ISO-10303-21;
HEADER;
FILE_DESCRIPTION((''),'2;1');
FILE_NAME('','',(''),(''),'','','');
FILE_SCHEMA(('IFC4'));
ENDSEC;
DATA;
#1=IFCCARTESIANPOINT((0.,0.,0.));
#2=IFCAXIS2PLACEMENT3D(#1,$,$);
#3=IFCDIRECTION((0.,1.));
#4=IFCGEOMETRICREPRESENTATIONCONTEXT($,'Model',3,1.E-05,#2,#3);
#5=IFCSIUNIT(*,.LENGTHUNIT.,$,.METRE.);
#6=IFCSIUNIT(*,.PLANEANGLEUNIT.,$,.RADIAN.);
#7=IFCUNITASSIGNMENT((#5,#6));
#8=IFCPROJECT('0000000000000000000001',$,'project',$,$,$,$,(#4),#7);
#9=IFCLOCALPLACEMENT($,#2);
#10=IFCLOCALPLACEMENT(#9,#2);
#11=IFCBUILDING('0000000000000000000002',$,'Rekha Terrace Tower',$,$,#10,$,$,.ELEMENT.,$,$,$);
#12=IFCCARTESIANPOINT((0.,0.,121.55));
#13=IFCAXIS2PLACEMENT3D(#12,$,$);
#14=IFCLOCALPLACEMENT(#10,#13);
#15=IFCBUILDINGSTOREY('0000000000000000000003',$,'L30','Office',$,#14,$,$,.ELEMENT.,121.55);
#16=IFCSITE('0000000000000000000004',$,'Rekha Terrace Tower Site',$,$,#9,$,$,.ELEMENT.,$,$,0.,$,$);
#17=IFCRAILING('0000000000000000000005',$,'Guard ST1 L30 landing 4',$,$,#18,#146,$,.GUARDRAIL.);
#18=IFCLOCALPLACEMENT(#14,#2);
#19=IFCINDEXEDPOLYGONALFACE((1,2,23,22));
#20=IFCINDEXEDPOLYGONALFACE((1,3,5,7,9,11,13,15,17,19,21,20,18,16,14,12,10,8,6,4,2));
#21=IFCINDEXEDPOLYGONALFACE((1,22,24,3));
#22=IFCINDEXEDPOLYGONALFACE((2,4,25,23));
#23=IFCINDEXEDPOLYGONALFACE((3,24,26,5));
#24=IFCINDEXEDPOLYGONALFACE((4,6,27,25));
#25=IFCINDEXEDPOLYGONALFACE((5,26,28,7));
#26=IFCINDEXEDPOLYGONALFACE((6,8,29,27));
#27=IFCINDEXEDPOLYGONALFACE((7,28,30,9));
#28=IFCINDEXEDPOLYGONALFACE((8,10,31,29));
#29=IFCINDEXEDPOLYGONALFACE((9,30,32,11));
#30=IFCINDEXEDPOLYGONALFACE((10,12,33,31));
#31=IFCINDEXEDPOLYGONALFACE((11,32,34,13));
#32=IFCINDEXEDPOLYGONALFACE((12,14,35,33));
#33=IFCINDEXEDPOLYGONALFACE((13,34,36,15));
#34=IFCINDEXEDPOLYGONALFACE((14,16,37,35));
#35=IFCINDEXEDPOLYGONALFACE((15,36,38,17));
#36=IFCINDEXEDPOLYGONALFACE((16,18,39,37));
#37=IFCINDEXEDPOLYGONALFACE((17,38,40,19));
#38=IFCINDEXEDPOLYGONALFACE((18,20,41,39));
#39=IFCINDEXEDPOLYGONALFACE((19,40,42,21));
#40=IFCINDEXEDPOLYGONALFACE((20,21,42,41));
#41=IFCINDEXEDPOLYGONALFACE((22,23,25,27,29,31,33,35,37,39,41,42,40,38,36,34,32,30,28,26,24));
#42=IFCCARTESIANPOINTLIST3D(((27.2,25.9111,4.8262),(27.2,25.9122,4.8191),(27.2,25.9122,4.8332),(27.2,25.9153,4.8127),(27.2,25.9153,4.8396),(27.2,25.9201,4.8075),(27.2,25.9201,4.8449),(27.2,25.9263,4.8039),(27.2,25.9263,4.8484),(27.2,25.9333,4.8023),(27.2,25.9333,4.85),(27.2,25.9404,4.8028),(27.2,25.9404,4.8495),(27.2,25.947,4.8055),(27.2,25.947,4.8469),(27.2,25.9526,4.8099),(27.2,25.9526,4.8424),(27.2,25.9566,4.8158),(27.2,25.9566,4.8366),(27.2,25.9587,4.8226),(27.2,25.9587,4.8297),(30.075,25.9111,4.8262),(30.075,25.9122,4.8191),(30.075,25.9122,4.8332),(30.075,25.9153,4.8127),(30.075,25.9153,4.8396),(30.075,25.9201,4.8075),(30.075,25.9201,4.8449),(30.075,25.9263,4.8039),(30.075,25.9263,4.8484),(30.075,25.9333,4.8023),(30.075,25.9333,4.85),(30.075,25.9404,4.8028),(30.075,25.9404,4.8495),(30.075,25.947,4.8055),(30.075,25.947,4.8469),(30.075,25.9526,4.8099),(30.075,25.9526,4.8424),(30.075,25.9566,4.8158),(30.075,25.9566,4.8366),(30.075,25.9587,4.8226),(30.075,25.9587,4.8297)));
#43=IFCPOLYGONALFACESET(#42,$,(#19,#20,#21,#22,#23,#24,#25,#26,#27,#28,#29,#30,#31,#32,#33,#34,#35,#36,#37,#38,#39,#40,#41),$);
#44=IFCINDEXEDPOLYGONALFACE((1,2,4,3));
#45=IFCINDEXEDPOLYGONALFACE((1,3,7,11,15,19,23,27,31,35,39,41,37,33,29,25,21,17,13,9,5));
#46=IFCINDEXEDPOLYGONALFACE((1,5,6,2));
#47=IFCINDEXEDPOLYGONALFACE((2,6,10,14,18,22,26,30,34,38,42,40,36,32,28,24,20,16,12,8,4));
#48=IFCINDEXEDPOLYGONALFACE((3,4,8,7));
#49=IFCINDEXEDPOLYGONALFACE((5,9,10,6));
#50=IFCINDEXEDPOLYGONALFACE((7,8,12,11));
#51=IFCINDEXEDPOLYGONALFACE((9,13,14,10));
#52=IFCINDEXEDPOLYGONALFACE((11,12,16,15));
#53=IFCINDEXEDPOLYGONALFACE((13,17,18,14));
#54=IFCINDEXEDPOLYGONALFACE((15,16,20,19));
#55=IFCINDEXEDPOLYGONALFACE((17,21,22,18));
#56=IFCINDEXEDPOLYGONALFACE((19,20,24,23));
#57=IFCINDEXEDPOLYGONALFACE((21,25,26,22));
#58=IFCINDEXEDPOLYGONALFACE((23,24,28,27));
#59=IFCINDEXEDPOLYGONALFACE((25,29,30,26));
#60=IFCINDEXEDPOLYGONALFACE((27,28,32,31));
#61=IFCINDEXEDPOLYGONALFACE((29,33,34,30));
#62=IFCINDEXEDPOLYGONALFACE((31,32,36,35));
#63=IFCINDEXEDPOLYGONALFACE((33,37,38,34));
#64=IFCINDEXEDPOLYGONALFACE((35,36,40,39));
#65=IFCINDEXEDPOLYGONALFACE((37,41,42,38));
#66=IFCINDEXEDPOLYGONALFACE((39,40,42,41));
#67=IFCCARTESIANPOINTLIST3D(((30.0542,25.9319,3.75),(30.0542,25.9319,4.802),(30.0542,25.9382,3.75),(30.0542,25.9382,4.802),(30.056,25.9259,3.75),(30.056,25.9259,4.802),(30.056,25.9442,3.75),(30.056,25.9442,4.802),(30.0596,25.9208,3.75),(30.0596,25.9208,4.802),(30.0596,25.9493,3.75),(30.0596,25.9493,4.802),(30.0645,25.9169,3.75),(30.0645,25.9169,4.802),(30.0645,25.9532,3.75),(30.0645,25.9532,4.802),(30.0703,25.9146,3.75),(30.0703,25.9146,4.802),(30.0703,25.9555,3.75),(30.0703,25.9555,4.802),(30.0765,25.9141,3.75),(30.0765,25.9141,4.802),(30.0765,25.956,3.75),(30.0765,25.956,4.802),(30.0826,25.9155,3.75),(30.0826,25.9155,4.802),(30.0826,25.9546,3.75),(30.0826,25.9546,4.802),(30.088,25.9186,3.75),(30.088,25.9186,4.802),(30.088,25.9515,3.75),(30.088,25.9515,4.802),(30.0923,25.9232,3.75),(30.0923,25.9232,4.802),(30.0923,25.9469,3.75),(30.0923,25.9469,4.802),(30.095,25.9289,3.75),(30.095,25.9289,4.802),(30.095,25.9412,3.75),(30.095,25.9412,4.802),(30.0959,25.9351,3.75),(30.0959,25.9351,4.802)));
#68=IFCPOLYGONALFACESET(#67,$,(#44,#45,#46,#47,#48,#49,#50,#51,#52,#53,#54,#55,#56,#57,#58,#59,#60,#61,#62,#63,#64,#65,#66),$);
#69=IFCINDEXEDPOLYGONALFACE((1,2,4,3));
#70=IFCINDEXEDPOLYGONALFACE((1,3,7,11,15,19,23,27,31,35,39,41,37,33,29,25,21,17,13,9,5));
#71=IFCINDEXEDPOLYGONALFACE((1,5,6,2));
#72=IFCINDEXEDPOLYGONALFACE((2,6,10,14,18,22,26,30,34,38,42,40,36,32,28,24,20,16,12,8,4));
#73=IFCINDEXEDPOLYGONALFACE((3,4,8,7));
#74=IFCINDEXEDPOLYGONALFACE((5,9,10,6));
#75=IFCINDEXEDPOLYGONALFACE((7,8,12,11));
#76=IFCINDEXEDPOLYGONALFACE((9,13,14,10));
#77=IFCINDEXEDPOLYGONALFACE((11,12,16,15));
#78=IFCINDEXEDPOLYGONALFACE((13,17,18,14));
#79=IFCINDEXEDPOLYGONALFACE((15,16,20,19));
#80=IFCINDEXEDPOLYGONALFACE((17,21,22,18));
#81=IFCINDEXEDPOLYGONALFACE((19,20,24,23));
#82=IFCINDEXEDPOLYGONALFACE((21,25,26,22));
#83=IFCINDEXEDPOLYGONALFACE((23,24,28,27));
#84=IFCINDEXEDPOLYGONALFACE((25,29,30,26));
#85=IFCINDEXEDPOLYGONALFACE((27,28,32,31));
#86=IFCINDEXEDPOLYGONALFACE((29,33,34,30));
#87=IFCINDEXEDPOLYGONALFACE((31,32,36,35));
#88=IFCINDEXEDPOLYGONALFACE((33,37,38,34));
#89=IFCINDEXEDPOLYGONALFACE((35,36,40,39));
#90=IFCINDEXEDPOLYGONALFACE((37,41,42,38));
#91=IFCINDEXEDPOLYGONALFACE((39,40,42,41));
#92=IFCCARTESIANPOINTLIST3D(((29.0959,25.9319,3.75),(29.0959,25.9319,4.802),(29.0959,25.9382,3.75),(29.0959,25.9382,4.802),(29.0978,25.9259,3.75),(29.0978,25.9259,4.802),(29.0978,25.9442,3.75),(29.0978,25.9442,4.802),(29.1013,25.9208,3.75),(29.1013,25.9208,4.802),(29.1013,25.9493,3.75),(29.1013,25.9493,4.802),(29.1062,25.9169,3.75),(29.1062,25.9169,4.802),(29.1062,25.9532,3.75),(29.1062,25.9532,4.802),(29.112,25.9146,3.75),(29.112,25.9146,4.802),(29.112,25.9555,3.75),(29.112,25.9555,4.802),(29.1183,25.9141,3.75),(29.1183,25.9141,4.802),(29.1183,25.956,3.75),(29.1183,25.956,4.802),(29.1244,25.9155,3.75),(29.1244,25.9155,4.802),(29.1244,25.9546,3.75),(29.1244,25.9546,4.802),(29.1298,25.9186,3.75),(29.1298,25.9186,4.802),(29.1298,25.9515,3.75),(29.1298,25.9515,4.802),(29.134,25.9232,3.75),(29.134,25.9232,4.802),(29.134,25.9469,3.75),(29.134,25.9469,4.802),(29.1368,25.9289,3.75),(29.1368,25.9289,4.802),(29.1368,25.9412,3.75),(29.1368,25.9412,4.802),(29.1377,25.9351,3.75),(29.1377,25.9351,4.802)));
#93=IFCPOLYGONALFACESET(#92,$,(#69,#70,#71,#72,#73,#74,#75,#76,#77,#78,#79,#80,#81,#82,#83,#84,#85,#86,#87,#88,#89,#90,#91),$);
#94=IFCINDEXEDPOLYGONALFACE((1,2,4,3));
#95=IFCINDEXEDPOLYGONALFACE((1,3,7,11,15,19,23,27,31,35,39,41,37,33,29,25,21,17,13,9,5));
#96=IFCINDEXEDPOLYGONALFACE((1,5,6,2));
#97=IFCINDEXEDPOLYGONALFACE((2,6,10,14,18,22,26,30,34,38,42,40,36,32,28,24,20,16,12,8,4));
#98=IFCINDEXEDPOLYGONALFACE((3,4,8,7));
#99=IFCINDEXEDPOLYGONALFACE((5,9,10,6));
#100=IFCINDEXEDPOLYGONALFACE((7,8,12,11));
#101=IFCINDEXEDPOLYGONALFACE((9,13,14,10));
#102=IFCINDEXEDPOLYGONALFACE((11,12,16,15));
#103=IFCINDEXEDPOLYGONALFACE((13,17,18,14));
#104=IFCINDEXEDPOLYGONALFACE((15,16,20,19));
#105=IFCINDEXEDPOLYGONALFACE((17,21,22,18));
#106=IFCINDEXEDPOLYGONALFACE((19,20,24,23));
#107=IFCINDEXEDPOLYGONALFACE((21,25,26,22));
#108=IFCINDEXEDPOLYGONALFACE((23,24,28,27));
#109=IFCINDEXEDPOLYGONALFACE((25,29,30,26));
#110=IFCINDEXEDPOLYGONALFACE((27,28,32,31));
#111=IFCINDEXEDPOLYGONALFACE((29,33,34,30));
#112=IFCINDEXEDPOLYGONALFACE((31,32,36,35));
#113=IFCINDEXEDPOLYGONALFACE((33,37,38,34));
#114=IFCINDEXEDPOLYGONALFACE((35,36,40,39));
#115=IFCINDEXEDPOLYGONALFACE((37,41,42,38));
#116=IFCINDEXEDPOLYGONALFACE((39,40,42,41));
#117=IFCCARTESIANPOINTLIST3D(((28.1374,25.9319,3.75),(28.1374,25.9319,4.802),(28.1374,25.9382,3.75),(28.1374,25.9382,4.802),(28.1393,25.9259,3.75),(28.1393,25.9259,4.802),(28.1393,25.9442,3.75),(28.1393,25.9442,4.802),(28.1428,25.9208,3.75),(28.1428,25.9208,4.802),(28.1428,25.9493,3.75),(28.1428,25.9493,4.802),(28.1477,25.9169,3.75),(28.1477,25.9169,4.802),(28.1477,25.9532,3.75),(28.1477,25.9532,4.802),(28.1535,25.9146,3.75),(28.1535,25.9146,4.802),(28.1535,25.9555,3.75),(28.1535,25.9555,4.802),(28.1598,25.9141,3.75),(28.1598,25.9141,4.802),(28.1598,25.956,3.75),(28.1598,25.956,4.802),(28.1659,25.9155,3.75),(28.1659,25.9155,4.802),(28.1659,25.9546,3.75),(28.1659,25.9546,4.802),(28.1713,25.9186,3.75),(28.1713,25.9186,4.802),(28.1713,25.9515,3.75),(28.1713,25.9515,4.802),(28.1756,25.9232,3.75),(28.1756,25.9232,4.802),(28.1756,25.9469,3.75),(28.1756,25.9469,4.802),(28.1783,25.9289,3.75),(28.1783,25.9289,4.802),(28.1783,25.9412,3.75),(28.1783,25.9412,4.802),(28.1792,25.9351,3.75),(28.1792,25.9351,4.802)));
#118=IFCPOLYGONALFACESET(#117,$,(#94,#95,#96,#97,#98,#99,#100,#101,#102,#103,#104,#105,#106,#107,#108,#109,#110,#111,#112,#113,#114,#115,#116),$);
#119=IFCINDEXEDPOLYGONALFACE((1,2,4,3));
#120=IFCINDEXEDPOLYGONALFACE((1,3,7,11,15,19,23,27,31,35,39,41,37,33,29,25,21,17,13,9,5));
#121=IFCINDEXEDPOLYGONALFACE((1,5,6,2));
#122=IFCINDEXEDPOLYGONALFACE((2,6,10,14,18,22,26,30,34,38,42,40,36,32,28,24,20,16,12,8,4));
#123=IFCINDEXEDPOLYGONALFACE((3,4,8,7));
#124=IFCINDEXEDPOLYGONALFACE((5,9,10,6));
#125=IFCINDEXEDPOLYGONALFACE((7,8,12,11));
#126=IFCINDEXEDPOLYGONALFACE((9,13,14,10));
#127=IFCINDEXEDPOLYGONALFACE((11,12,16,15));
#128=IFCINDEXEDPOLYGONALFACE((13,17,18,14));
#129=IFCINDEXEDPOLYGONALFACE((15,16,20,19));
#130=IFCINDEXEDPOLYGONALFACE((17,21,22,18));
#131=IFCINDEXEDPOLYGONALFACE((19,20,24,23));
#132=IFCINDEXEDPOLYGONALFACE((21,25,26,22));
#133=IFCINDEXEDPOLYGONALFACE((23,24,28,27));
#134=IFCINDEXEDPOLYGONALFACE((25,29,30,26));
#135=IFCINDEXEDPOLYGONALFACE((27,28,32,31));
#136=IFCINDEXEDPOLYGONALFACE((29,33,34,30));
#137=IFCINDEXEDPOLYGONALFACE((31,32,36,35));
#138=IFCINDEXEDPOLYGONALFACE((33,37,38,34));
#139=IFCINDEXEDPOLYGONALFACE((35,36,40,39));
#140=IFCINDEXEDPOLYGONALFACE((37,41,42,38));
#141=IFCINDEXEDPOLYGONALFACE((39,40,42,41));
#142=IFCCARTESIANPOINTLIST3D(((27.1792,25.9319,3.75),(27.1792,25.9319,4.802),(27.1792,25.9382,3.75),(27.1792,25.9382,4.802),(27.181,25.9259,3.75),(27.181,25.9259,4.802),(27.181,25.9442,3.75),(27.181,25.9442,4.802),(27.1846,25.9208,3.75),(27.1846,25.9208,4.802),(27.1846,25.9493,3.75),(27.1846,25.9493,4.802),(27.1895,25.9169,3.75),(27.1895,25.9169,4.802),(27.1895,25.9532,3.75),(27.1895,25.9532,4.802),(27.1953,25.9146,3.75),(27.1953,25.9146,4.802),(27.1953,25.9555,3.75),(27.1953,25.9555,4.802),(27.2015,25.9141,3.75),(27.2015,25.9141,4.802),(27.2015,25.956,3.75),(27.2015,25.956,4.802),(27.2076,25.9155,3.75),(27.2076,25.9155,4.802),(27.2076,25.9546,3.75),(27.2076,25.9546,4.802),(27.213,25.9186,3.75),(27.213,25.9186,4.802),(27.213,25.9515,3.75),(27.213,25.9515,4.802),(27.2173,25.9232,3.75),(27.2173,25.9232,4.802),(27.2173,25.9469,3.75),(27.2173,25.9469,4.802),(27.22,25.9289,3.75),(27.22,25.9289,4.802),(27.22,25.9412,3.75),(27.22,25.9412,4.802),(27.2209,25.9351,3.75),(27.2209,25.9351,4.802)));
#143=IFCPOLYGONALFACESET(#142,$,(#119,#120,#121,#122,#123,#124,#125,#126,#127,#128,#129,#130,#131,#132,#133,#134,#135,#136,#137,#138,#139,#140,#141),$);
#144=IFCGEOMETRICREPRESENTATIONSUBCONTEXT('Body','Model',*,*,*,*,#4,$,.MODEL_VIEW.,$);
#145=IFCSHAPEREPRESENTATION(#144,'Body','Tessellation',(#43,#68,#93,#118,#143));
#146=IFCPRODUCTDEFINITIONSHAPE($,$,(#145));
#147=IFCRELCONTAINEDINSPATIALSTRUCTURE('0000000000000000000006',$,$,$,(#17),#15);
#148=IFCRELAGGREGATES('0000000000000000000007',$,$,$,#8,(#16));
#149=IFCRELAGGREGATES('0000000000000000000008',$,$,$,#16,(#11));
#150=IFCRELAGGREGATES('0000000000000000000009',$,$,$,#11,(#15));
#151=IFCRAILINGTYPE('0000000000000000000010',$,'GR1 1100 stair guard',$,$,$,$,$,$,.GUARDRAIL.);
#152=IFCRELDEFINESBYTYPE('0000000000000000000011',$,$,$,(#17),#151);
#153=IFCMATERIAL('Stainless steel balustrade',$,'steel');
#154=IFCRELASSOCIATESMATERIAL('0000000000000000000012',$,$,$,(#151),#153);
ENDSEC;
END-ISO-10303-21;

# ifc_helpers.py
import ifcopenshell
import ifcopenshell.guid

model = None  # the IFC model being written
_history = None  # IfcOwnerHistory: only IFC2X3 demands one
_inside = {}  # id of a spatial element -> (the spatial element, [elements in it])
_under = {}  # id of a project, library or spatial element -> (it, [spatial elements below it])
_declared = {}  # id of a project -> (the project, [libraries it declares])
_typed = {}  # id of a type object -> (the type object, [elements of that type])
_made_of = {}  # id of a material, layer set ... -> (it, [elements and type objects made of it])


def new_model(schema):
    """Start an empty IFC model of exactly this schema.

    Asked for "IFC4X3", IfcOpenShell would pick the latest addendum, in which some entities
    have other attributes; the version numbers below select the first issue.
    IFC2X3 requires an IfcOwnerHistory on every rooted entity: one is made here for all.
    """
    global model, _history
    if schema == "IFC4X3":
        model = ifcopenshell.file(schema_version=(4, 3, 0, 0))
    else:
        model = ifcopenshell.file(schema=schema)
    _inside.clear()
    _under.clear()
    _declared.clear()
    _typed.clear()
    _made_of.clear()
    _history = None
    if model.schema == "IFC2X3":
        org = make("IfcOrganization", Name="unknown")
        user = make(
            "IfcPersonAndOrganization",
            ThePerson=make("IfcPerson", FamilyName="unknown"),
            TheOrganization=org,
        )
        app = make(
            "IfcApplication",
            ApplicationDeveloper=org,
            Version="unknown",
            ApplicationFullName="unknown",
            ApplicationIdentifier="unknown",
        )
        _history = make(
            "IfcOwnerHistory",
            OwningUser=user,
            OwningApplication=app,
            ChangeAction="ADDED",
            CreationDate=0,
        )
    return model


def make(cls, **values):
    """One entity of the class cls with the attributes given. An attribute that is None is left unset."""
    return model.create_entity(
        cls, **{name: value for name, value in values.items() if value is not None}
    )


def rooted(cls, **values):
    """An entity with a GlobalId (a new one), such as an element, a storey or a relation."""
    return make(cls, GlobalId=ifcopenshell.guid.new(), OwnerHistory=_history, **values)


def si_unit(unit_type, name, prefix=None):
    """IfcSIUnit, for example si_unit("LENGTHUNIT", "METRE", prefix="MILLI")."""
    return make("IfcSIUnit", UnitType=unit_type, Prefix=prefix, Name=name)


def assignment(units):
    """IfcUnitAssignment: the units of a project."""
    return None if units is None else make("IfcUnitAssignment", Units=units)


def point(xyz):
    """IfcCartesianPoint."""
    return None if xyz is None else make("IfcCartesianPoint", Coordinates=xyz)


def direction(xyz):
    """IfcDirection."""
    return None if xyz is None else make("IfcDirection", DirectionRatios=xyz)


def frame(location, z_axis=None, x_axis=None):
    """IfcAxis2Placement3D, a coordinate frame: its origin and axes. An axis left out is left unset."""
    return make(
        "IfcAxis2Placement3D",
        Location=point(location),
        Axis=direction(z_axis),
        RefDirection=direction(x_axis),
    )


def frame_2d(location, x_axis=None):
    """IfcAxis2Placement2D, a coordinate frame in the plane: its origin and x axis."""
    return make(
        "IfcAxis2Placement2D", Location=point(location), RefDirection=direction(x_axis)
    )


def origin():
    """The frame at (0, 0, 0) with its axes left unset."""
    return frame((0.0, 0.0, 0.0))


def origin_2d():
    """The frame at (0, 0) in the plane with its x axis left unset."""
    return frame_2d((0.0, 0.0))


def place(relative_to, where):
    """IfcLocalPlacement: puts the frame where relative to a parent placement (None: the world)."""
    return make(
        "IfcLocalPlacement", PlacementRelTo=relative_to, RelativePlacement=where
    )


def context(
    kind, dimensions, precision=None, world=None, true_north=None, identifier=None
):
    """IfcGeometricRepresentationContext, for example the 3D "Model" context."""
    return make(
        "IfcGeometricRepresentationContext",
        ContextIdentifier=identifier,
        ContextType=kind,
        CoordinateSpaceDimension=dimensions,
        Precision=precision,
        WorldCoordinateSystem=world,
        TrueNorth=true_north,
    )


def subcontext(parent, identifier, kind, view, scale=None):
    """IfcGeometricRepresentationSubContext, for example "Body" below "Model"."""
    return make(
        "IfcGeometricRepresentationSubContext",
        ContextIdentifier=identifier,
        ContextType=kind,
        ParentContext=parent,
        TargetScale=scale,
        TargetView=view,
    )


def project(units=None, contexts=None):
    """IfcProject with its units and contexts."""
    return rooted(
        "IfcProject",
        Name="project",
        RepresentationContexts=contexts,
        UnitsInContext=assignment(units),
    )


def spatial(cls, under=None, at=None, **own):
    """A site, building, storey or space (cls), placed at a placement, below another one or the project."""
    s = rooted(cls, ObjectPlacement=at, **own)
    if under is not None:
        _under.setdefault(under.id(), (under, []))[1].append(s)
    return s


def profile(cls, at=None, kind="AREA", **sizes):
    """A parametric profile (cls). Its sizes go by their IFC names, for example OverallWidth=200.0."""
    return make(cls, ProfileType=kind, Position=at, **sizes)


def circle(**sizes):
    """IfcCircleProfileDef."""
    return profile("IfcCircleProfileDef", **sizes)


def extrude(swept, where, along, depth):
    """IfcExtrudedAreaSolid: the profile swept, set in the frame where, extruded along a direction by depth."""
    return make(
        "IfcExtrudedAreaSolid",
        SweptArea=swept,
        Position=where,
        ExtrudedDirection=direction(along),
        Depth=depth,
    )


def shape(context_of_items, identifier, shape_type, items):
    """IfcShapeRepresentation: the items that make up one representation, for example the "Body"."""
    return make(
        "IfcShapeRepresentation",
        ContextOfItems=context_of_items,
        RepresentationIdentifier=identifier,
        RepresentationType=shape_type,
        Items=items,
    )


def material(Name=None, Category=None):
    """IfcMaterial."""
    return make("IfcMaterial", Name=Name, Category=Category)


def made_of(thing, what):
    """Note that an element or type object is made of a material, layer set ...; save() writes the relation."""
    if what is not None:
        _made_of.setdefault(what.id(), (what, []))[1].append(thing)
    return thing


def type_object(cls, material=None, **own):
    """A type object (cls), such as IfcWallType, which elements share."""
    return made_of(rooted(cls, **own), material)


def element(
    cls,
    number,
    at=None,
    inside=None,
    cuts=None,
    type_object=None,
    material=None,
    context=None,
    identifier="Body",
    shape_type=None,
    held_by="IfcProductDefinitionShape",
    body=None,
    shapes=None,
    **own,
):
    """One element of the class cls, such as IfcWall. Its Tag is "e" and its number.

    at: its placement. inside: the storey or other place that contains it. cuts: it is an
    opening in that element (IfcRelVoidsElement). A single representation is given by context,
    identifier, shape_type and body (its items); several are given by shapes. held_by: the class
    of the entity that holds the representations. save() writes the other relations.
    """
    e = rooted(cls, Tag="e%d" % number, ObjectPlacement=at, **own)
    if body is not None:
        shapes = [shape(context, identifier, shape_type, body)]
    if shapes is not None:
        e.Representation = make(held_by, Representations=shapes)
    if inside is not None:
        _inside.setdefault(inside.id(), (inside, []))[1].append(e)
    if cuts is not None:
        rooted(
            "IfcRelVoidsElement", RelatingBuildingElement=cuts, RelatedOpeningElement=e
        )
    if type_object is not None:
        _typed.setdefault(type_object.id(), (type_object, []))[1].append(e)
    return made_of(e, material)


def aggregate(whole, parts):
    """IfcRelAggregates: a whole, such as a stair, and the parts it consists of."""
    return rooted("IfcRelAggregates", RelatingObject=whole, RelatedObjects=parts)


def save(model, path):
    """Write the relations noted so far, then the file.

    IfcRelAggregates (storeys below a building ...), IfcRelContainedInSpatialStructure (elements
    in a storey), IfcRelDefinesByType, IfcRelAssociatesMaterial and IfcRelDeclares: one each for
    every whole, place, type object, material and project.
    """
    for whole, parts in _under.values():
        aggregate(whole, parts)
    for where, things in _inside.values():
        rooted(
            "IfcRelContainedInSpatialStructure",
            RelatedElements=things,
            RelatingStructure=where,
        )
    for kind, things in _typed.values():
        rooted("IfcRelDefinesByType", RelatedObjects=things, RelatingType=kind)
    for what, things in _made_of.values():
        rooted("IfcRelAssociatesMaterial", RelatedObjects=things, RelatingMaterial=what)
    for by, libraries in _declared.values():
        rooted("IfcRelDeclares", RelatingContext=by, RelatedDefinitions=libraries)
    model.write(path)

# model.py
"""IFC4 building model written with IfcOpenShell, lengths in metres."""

from ifc_helpers import new_model, si_unit, direction, frame, origin, origin_2d, place, context, subcontext, project, spatial, circle, extrude, material, type_object, element, save


model = new_model("IFC4")

# Units and contexts
model_context = context("Model", 3, precision=1e-05, world=origin(), true_north=direction((0.0, 1.0)))
body_context = subcontext(model_context, "Body", "Model", "MODEL_VIEW")
ifc_project = project(units=[si_unit("LENGTHUNIT", "METRE"), si_unit("PLANEANGLEUNIT", "RADIAN")], contexts=[model_context])

# Site, building, storey
site_placement = place(None, origin())
site = spatial("IfcSite", under=ifc_project, at=site_placement, Name="Rekha Terrace Tower Site", CompositionType="ELEMENT", RefElevation=0.0)
building_placement = place(site_placement, origin())
building = spatial("IfcBuilding", under=site, at=building_placement, Name="Rekha Terrace Tower", CompositionType="ELEMENT")
storey_placement = place(building_placement, frame((0.0, 0.0, 121.55)))
storey = spatial("IfcBuildingStorey", under=building, at=storey_placement, Name="L30", Description="Office", CompositionType="ELEMENT", Elevation=121.55)

# Railing
ifc_material_1 = material(Name="Stainless steel balustrade", Category="steel")
railing_type_1 = type_object("IfcRailingType", Name="GR1 1100 stair guard", PredefinedType="GUARDRAIL", material=ifc_material_1)
railing_1_placement = place(storey_placement, frame((30.075, 25.9351, 3.75)))
element("IfcRailing", 1, at=railing_1_placement, inside=storey, type_object=railing_type_1, Name="Guard ST1 L30 landing 4", PredefinedType="GUARDRAIL", context=body_context, shape_type="SweptSolid", body=[
    extrude(circle(Radius=0.0239, at=origin_2d()), frame((0.0, 0.0, 1.0762), z_axis=(-1.0, 0.0, 0.0), x_axis=(0.0, -1.0, 0.0)), (0.0, 0.0, 1.0), 2.875),
    extrude(circle(Radius=0.021, at=origin_2d()), origin(), (0.0, 0.0, 1.0), 1.052),
    extrude(circle(Radius=0.021, at=origin_2d()), frame((-0.9583, 0.0, 0.0)), (0.0, 0.0, 1.0), 1.052),
    extrude(circle(Radius=0.021, at=origin_2d()), frame((-1.9167, 0.0, 0.0)), (0.0, 0.0, 1.0), 1.052),
    extrude(circle(Radius=0.021, at=origin_2d()), frame((-2.875, 0.0, 0.0)), (0.0, 0.0, 1.0), 1.052),
])

save(model, "model.ifc")
